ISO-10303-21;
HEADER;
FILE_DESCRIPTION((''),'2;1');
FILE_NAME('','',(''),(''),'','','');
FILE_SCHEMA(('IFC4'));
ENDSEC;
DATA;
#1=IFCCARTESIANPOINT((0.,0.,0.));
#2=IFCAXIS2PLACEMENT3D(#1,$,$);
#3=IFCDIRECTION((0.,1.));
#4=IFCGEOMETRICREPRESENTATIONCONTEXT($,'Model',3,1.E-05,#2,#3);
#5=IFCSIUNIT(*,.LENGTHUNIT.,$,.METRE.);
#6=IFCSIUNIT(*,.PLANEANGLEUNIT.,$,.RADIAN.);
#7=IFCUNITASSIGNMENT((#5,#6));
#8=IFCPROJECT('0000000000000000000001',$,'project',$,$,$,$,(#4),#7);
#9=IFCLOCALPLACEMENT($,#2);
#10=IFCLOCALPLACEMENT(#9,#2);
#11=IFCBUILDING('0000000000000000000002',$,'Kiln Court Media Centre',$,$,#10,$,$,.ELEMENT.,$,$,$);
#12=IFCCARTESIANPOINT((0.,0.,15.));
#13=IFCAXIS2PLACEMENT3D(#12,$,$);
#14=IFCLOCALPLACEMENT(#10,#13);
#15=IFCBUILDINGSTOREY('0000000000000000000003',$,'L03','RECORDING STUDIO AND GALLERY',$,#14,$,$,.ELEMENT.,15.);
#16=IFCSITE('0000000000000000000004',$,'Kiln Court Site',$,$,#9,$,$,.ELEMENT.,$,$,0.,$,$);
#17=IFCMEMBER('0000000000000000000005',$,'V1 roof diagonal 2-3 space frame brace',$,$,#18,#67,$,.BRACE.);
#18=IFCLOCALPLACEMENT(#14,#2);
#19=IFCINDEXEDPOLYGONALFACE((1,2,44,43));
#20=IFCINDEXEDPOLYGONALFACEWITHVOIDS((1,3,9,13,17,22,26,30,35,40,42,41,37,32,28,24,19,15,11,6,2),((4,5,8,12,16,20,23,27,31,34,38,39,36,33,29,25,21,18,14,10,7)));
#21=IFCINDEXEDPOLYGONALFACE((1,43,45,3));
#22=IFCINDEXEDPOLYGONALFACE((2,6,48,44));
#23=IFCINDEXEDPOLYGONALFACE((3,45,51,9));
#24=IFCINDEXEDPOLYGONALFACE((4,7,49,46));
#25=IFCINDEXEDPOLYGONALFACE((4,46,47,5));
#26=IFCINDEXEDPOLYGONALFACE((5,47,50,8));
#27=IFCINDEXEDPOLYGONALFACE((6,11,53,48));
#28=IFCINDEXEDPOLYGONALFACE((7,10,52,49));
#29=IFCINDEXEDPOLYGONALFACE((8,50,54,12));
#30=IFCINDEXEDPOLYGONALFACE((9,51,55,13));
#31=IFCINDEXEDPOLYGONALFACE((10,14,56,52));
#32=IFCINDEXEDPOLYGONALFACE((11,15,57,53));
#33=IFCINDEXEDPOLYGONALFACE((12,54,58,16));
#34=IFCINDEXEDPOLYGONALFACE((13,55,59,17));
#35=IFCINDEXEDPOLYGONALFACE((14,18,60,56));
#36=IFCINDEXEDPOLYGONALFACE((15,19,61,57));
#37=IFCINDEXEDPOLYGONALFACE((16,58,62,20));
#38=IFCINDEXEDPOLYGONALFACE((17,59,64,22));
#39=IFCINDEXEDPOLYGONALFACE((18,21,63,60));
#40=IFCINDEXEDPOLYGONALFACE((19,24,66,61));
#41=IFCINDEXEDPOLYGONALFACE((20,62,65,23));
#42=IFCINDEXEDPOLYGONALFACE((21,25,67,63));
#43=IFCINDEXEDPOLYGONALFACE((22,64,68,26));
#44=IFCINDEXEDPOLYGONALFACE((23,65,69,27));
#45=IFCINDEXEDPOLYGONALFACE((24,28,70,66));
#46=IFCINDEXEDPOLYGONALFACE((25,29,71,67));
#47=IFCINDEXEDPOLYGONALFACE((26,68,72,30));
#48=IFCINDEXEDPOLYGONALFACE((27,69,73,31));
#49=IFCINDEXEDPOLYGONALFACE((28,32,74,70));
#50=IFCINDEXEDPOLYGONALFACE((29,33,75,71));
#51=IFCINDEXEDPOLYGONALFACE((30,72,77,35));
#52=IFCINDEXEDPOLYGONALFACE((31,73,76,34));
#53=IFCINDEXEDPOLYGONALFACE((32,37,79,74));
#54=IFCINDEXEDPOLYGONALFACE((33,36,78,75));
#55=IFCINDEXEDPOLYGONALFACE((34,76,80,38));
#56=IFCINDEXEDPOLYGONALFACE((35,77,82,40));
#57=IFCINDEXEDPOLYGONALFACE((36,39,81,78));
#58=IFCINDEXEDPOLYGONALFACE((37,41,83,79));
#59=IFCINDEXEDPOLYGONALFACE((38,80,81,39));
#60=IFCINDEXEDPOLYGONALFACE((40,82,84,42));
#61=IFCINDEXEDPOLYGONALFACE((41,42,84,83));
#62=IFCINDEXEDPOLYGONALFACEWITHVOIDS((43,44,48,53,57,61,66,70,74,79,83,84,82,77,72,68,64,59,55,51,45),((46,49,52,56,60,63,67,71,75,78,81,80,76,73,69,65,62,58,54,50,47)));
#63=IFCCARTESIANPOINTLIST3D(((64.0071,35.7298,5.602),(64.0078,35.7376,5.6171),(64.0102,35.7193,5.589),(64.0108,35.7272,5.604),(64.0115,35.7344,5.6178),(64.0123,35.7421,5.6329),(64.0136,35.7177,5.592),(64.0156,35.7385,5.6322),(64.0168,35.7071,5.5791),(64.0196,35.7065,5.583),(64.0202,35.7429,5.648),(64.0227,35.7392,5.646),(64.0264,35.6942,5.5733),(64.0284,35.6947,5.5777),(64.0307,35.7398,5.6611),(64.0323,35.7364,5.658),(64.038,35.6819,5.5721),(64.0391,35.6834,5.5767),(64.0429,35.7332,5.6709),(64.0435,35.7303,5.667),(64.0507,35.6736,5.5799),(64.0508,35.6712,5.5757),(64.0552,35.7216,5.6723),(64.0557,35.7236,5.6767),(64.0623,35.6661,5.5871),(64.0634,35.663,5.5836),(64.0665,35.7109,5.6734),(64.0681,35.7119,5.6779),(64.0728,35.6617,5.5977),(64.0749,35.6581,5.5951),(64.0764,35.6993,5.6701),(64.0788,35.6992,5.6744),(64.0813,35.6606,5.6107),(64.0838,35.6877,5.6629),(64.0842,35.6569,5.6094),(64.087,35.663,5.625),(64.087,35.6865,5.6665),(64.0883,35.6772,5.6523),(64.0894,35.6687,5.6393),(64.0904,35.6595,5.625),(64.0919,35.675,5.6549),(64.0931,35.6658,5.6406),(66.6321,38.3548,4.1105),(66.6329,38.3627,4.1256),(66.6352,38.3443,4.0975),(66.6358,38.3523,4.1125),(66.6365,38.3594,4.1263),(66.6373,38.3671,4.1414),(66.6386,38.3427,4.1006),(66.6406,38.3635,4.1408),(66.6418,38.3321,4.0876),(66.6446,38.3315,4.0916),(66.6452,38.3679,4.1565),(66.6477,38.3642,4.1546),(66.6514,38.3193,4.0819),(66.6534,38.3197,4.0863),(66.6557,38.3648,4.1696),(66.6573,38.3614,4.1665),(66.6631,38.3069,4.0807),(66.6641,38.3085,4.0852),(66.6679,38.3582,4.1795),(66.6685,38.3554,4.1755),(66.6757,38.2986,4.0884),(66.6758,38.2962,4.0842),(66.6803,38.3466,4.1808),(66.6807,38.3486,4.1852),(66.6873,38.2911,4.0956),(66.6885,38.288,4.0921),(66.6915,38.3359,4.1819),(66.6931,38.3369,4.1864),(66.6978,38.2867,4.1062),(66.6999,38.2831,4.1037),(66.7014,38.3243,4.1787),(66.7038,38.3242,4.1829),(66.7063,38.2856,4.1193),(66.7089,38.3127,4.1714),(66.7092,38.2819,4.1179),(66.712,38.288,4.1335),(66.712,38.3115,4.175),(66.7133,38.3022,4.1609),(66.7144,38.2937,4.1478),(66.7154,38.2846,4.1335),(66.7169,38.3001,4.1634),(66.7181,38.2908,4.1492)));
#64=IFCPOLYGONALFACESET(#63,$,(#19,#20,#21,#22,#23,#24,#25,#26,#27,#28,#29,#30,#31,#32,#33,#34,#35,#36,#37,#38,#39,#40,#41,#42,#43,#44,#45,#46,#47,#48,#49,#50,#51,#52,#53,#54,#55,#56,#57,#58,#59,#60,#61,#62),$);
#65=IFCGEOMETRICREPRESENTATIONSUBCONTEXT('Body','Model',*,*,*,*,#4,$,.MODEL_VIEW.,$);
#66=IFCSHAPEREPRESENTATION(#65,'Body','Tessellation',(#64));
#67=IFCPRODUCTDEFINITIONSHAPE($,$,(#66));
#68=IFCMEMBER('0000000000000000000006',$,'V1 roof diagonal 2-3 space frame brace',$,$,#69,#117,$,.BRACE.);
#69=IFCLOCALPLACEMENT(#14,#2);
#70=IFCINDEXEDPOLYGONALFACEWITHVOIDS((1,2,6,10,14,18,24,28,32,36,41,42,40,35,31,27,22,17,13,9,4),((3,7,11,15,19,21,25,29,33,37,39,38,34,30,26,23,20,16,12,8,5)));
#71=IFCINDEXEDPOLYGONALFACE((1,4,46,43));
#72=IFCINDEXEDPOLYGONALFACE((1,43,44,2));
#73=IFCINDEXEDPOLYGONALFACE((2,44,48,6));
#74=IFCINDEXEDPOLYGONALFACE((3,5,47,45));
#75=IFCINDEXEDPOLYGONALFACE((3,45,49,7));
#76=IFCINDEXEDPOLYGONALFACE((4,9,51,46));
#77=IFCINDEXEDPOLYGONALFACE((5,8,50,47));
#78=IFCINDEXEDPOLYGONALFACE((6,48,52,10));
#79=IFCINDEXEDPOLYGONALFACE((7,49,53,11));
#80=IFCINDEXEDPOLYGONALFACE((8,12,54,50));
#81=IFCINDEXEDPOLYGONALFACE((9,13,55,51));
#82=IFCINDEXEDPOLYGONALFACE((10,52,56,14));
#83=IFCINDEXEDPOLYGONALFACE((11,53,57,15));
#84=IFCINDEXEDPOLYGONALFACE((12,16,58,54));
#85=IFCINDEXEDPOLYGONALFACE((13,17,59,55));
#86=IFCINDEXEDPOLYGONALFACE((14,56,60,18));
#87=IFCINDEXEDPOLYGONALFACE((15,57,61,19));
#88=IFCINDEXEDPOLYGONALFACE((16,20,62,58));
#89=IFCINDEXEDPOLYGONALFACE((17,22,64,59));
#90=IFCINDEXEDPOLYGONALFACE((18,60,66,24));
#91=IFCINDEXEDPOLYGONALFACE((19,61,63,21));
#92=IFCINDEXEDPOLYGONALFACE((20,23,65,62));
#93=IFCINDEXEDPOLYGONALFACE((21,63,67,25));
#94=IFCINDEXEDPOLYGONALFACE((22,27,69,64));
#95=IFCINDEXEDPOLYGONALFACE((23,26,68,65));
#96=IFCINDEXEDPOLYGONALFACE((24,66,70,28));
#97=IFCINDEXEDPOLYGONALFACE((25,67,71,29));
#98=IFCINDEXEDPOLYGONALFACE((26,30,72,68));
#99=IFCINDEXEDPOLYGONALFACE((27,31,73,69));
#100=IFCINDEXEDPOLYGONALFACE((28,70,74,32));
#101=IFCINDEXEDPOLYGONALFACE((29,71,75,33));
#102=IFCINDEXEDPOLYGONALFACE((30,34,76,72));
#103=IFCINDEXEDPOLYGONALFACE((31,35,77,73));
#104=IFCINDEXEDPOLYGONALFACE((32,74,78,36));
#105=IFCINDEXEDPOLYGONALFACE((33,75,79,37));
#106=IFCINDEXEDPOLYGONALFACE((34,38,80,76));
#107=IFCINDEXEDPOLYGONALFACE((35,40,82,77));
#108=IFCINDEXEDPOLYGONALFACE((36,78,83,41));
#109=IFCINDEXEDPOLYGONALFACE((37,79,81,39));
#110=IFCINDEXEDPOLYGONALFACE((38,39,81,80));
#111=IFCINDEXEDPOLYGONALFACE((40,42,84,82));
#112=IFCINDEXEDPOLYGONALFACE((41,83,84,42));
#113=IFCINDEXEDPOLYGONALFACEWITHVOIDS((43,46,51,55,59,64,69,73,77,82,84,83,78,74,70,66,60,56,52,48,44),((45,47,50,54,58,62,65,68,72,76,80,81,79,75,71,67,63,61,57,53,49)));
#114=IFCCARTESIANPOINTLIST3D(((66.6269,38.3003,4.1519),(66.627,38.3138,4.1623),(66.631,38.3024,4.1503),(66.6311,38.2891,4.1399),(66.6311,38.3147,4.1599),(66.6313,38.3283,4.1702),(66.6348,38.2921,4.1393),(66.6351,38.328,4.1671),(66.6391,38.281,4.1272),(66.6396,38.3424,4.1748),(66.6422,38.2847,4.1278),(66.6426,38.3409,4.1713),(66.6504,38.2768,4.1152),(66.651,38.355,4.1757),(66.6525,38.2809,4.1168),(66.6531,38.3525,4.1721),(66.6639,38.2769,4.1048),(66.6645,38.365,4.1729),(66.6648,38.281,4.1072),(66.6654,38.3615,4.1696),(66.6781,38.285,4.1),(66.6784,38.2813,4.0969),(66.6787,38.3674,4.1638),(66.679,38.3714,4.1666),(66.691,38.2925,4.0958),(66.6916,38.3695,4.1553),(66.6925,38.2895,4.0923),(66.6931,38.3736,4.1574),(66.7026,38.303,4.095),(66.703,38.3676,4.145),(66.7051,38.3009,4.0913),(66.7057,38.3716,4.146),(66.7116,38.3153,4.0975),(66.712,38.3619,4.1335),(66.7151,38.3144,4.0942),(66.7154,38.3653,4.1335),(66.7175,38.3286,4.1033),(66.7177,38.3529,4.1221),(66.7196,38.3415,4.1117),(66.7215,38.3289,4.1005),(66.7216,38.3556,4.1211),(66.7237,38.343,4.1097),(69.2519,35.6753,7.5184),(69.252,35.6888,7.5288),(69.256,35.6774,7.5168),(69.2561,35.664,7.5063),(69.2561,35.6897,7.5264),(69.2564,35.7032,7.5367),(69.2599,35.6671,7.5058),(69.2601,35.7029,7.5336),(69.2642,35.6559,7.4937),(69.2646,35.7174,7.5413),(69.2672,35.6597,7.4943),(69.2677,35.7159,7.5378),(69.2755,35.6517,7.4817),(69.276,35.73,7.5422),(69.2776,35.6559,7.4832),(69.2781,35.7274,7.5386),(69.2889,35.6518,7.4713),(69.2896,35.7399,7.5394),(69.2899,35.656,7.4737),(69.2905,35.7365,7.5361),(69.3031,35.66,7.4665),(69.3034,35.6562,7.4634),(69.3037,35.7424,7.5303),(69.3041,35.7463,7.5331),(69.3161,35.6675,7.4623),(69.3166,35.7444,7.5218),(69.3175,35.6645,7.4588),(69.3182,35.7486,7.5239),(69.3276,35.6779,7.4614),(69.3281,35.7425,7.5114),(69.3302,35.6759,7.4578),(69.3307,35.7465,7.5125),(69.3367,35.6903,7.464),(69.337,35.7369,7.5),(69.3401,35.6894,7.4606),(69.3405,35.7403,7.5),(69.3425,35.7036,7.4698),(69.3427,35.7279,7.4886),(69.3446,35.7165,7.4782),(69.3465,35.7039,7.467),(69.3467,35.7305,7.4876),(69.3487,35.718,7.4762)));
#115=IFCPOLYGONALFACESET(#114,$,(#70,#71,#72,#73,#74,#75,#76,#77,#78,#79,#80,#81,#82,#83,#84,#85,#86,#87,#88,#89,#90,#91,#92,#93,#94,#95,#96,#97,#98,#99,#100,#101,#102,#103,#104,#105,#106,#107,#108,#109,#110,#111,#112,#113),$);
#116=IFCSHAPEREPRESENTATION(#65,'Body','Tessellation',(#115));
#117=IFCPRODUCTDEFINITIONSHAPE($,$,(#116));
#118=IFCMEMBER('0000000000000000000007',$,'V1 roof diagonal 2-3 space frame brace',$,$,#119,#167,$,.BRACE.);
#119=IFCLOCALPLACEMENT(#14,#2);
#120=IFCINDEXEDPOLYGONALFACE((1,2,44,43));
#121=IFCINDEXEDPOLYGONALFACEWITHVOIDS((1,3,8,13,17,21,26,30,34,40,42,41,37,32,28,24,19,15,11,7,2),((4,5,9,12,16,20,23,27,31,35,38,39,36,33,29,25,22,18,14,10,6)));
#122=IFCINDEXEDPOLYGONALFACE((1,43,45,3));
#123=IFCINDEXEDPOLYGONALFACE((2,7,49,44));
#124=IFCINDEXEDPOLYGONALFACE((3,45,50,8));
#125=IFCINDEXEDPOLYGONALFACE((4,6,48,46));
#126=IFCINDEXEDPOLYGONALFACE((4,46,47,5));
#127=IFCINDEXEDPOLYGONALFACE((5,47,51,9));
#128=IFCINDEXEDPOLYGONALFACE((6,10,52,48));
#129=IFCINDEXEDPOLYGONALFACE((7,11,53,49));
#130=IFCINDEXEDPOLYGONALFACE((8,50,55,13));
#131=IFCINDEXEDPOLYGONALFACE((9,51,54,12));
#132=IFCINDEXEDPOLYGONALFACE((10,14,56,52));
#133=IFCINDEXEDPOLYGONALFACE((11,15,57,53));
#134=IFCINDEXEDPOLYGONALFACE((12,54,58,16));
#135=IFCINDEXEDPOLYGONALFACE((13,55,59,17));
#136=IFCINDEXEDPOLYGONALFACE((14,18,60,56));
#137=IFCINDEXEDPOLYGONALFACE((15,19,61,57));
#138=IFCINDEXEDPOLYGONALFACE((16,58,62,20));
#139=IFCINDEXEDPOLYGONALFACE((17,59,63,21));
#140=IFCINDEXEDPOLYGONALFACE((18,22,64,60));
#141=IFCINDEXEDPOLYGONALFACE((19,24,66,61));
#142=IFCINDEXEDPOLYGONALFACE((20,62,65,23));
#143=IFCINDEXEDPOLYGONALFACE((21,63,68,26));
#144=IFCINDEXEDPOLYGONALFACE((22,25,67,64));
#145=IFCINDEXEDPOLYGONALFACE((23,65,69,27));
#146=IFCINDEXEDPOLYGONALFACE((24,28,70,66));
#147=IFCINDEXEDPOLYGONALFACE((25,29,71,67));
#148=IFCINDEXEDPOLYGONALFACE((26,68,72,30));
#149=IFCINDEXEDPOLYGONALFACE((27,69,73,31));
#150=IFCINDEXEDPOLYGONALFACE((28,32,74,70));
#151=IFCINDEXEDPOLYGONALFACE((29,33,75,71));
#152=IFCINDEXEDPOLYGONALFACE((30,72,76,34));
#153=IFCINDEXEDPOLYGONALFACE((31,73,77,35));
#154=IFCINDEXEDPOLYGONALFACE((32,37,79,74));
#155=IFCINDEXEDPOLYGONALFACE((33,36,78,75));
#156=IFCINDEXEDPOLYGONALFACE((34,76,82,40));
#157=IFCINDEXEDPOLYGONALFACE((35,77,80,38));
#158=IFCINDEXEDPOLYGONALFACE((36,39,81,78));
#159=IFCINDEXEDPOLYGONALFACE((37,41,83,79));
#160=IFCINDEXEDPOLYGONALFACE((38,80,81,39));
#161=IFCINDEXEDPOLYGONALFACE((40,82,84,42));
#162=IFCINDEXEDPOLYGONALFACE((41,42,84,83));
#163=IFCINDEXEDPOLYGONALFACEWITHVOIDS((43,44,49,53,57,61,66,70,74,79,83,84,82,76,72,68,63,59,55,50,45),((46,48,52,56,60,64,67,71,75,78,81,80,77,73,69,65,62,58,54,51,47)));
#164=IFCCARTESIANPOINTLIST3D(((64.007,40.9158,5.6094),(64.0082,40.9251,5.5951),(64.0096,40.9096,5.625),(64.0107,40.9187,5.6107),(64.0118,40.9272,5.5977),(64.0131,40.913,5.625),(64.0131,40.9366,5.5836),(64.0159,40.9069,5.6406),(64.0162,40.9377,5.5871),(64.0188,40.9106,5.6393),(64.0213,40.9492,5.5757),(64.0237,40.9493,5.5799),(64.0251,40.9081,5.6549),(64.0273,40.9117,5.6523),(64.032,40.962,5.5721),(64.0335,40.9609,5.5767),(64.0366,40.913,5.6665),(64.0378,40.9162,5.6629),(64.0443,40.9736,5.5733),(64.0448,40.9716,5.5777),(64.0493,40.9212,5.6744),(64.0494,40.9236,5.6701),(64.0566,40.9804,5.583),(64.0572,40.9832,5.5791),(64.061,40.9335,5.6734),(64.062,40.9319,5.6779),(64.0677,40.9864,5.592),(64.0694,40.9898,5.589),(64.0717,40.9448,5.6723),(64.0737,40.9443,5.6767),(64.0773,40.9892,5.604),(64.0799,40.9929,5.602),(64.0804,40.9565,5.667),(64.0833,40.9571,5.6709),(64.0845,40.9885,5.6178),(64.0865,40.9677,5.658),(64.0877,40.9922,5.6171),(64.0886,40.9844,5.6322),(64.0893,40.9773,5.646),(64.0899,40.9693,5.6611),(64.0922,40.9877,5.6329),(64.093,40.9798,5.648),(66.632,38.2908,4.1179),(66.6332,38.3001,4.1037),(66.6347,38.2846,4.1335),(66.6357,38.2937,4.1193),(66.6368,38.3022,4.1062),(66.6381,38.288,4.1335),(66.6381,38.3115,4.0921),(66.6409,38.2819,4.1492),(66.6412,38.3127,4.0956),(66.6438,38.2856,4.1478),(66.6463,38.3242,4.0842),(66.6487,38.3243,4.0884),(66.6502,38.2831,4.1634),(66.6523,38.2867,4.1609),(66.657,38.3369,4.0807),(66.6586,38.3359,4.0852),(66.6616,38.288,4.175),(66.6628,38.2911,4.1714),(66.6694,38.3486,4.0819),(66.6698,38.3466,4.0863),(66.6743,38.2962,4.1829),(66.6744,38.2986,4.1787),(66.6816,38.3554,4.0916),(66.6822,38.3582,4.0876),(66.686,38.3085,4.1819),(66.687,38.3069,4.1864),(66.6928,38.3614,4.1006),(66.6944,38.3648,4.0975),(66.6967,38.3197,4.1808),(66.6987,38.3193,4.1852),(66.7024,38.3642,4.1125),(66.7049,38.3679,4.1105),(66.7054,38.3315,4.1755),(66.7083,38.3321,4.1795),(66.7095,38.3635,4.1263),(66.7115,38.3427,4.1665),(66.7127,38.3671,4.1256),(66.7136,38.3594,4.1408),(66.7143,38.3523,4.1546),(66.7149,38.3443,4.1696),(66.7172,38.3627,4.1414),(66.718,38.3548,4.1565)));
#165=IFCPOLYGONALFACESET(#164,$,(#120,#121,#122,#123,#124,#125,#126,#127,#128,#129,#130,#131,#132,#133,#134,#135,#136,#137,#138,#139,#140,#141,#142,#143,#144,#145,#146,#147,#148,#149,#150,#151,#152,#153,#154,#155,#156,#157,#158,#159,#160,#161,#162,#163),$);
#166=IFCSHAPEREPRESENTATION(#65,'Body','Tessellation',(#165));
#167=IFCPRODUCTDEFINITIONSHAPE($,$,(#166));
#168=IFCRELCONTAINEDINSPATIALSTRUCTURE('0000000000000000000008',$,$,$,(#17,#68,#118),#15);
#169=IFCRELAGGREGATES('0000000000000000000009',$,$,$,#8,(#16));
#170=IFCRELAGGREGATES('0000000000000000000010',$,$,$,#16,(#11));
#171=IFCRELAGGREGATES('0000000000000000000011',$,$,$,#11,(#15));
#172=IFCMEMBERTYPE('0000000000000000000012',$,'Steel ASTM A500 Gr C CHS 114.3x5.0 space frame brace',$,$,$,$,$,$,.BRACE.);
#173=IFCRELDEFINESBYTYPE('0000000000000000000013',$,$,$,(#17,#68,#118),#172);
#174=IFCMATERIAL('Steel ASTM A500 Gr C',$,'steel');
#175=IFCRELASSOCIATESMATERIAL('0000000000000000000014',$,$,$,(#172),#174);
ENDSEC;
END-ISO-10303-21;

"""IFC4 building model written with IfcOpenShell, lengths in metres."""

from ifc_helpers import new_model, si_unit, direction, frame, origin, origin_2d, place, context, subcontext, project, spatial, hollow_circle, extrude, material, material_profile, profile_set, type_object, element, save


model = new_model("IFC4")

# Units and contexts
model_context = context("Model", 3, precision=1e-05, world=origin(), true_north=direction((0.0, 1.0)))
body_context = subcontext(model_context, "Body", "Model", "MODEL_VIEW")
ifc_project = project(units=[si_unit("LENGTHUNIT", "METRE"), si_unit("PLANEANGLEUNIT", "RADIAN")], contexts=[model_context])

# Site, building, storey
site_placement = place(None, origin())
site = spatial("IfcSite", under=ifc_project, at=site_placement, Name="Kiln Court Site", CompositionType="ELEMENT", RefElevation=0.0)
building_placement = place(site_placement, origin())
building = spatial("IfcBuilding", under=site, at=building_placement, Name="Kiln Court Media Centre", CompositionType="ELEMENT")
storey_placement = place(building_placement, frame((0.0, 0.0, 15.0)))
storey = spatial("IfcBuildingStorey", under=building, at=storey_placement, Name="L03", Description="RECORDING STUDIO AND GALLERY", CompositionType="ELEMENT", Elevation=15.0)

# Members
ifc_material_1 = material(Name="Steel ASTM A500 Gr C", Category="steel")
ifc_material_profile_1 = material_profile(ifc_material_1, hollow_circle(Radius=0.0571, WallThickness=0.0049, at=origin_2d()), Name="CHS 114.3x5.0")
ifc_profile_set_1 = profile_set([ifc_material_profile_1], Name="Steel ASTM A500 Gr C")
member_type_1 = type_object("IfcMemberType", Name="Steel ASTM A500 Gr C CHS 114.3x5.0 space frame brace", PredefinedType="BRACE", material=ifc_profile_set_1)
member_1_placement = place(storey_placement, frame((66.675, 38.325, 4.1335), z_axis=(-0.656133, -0.656133, 0.372798), x_axis=(0.707107, -0.707107, 0.0)))
element("IfcMember", 1, at=member_1_placement, inside=storey, type_object=member_type_1, Name="V1 roof diagonal 2-3 space frame brace", PredefinedType="BRACE", context=body_context, shape_type="SweptSolid", body=[
    extrude(hollow_circle(Radius=0.0571, WallThickness=0.0049, at=origin_2d()), origin(), (0.0, 0.0, 1.0), 4.0007),
])
member_2_placement = place(storey_placement, frame((66.675, 38.325, 4.1335), z_axis=(0.523804, -0.523804, 0.671758), x_axis=(0.707107, 0.707107, 0.0)))
element("IfcMember", 2, at=member_2_placement, inside=storey, type_object=member_type_1, Name="V1 roof diagonal 2-3 space frame brace", PredefinedType="BRACE", context=body_context, shape_type="SweptSolid", body=[
    extrude(hollow_circle(Radius=0.0571, WallThickness=0.0049, at=origin_2d()), origin(), (0.0, 0.0, 1.0), 5.0115),
])
member_3_placement = place(storey_placement, frame((66.675, 38.325, 4.1335), z_axis=(-0.656133, 0.656133, 0.372798), x_axis=(-0.707107, -0.707107, 0.0)))
element("IfcMember", 3, at=member_3_placement, inside=storey, type_object=member_type_1, Name="V1 roof diagonal 2-3 space frame brace", PredefinedType="BRACE", context=body_context, shape_type="SweptSolid", body=[
    extrude(hollow_circle(Radius=0.0571, WallThickness=0.0049, at=origin_2d()), origin(), (0.0, 0.0, 1.0), 4.0007),
])

save(model, "model.ifc")
